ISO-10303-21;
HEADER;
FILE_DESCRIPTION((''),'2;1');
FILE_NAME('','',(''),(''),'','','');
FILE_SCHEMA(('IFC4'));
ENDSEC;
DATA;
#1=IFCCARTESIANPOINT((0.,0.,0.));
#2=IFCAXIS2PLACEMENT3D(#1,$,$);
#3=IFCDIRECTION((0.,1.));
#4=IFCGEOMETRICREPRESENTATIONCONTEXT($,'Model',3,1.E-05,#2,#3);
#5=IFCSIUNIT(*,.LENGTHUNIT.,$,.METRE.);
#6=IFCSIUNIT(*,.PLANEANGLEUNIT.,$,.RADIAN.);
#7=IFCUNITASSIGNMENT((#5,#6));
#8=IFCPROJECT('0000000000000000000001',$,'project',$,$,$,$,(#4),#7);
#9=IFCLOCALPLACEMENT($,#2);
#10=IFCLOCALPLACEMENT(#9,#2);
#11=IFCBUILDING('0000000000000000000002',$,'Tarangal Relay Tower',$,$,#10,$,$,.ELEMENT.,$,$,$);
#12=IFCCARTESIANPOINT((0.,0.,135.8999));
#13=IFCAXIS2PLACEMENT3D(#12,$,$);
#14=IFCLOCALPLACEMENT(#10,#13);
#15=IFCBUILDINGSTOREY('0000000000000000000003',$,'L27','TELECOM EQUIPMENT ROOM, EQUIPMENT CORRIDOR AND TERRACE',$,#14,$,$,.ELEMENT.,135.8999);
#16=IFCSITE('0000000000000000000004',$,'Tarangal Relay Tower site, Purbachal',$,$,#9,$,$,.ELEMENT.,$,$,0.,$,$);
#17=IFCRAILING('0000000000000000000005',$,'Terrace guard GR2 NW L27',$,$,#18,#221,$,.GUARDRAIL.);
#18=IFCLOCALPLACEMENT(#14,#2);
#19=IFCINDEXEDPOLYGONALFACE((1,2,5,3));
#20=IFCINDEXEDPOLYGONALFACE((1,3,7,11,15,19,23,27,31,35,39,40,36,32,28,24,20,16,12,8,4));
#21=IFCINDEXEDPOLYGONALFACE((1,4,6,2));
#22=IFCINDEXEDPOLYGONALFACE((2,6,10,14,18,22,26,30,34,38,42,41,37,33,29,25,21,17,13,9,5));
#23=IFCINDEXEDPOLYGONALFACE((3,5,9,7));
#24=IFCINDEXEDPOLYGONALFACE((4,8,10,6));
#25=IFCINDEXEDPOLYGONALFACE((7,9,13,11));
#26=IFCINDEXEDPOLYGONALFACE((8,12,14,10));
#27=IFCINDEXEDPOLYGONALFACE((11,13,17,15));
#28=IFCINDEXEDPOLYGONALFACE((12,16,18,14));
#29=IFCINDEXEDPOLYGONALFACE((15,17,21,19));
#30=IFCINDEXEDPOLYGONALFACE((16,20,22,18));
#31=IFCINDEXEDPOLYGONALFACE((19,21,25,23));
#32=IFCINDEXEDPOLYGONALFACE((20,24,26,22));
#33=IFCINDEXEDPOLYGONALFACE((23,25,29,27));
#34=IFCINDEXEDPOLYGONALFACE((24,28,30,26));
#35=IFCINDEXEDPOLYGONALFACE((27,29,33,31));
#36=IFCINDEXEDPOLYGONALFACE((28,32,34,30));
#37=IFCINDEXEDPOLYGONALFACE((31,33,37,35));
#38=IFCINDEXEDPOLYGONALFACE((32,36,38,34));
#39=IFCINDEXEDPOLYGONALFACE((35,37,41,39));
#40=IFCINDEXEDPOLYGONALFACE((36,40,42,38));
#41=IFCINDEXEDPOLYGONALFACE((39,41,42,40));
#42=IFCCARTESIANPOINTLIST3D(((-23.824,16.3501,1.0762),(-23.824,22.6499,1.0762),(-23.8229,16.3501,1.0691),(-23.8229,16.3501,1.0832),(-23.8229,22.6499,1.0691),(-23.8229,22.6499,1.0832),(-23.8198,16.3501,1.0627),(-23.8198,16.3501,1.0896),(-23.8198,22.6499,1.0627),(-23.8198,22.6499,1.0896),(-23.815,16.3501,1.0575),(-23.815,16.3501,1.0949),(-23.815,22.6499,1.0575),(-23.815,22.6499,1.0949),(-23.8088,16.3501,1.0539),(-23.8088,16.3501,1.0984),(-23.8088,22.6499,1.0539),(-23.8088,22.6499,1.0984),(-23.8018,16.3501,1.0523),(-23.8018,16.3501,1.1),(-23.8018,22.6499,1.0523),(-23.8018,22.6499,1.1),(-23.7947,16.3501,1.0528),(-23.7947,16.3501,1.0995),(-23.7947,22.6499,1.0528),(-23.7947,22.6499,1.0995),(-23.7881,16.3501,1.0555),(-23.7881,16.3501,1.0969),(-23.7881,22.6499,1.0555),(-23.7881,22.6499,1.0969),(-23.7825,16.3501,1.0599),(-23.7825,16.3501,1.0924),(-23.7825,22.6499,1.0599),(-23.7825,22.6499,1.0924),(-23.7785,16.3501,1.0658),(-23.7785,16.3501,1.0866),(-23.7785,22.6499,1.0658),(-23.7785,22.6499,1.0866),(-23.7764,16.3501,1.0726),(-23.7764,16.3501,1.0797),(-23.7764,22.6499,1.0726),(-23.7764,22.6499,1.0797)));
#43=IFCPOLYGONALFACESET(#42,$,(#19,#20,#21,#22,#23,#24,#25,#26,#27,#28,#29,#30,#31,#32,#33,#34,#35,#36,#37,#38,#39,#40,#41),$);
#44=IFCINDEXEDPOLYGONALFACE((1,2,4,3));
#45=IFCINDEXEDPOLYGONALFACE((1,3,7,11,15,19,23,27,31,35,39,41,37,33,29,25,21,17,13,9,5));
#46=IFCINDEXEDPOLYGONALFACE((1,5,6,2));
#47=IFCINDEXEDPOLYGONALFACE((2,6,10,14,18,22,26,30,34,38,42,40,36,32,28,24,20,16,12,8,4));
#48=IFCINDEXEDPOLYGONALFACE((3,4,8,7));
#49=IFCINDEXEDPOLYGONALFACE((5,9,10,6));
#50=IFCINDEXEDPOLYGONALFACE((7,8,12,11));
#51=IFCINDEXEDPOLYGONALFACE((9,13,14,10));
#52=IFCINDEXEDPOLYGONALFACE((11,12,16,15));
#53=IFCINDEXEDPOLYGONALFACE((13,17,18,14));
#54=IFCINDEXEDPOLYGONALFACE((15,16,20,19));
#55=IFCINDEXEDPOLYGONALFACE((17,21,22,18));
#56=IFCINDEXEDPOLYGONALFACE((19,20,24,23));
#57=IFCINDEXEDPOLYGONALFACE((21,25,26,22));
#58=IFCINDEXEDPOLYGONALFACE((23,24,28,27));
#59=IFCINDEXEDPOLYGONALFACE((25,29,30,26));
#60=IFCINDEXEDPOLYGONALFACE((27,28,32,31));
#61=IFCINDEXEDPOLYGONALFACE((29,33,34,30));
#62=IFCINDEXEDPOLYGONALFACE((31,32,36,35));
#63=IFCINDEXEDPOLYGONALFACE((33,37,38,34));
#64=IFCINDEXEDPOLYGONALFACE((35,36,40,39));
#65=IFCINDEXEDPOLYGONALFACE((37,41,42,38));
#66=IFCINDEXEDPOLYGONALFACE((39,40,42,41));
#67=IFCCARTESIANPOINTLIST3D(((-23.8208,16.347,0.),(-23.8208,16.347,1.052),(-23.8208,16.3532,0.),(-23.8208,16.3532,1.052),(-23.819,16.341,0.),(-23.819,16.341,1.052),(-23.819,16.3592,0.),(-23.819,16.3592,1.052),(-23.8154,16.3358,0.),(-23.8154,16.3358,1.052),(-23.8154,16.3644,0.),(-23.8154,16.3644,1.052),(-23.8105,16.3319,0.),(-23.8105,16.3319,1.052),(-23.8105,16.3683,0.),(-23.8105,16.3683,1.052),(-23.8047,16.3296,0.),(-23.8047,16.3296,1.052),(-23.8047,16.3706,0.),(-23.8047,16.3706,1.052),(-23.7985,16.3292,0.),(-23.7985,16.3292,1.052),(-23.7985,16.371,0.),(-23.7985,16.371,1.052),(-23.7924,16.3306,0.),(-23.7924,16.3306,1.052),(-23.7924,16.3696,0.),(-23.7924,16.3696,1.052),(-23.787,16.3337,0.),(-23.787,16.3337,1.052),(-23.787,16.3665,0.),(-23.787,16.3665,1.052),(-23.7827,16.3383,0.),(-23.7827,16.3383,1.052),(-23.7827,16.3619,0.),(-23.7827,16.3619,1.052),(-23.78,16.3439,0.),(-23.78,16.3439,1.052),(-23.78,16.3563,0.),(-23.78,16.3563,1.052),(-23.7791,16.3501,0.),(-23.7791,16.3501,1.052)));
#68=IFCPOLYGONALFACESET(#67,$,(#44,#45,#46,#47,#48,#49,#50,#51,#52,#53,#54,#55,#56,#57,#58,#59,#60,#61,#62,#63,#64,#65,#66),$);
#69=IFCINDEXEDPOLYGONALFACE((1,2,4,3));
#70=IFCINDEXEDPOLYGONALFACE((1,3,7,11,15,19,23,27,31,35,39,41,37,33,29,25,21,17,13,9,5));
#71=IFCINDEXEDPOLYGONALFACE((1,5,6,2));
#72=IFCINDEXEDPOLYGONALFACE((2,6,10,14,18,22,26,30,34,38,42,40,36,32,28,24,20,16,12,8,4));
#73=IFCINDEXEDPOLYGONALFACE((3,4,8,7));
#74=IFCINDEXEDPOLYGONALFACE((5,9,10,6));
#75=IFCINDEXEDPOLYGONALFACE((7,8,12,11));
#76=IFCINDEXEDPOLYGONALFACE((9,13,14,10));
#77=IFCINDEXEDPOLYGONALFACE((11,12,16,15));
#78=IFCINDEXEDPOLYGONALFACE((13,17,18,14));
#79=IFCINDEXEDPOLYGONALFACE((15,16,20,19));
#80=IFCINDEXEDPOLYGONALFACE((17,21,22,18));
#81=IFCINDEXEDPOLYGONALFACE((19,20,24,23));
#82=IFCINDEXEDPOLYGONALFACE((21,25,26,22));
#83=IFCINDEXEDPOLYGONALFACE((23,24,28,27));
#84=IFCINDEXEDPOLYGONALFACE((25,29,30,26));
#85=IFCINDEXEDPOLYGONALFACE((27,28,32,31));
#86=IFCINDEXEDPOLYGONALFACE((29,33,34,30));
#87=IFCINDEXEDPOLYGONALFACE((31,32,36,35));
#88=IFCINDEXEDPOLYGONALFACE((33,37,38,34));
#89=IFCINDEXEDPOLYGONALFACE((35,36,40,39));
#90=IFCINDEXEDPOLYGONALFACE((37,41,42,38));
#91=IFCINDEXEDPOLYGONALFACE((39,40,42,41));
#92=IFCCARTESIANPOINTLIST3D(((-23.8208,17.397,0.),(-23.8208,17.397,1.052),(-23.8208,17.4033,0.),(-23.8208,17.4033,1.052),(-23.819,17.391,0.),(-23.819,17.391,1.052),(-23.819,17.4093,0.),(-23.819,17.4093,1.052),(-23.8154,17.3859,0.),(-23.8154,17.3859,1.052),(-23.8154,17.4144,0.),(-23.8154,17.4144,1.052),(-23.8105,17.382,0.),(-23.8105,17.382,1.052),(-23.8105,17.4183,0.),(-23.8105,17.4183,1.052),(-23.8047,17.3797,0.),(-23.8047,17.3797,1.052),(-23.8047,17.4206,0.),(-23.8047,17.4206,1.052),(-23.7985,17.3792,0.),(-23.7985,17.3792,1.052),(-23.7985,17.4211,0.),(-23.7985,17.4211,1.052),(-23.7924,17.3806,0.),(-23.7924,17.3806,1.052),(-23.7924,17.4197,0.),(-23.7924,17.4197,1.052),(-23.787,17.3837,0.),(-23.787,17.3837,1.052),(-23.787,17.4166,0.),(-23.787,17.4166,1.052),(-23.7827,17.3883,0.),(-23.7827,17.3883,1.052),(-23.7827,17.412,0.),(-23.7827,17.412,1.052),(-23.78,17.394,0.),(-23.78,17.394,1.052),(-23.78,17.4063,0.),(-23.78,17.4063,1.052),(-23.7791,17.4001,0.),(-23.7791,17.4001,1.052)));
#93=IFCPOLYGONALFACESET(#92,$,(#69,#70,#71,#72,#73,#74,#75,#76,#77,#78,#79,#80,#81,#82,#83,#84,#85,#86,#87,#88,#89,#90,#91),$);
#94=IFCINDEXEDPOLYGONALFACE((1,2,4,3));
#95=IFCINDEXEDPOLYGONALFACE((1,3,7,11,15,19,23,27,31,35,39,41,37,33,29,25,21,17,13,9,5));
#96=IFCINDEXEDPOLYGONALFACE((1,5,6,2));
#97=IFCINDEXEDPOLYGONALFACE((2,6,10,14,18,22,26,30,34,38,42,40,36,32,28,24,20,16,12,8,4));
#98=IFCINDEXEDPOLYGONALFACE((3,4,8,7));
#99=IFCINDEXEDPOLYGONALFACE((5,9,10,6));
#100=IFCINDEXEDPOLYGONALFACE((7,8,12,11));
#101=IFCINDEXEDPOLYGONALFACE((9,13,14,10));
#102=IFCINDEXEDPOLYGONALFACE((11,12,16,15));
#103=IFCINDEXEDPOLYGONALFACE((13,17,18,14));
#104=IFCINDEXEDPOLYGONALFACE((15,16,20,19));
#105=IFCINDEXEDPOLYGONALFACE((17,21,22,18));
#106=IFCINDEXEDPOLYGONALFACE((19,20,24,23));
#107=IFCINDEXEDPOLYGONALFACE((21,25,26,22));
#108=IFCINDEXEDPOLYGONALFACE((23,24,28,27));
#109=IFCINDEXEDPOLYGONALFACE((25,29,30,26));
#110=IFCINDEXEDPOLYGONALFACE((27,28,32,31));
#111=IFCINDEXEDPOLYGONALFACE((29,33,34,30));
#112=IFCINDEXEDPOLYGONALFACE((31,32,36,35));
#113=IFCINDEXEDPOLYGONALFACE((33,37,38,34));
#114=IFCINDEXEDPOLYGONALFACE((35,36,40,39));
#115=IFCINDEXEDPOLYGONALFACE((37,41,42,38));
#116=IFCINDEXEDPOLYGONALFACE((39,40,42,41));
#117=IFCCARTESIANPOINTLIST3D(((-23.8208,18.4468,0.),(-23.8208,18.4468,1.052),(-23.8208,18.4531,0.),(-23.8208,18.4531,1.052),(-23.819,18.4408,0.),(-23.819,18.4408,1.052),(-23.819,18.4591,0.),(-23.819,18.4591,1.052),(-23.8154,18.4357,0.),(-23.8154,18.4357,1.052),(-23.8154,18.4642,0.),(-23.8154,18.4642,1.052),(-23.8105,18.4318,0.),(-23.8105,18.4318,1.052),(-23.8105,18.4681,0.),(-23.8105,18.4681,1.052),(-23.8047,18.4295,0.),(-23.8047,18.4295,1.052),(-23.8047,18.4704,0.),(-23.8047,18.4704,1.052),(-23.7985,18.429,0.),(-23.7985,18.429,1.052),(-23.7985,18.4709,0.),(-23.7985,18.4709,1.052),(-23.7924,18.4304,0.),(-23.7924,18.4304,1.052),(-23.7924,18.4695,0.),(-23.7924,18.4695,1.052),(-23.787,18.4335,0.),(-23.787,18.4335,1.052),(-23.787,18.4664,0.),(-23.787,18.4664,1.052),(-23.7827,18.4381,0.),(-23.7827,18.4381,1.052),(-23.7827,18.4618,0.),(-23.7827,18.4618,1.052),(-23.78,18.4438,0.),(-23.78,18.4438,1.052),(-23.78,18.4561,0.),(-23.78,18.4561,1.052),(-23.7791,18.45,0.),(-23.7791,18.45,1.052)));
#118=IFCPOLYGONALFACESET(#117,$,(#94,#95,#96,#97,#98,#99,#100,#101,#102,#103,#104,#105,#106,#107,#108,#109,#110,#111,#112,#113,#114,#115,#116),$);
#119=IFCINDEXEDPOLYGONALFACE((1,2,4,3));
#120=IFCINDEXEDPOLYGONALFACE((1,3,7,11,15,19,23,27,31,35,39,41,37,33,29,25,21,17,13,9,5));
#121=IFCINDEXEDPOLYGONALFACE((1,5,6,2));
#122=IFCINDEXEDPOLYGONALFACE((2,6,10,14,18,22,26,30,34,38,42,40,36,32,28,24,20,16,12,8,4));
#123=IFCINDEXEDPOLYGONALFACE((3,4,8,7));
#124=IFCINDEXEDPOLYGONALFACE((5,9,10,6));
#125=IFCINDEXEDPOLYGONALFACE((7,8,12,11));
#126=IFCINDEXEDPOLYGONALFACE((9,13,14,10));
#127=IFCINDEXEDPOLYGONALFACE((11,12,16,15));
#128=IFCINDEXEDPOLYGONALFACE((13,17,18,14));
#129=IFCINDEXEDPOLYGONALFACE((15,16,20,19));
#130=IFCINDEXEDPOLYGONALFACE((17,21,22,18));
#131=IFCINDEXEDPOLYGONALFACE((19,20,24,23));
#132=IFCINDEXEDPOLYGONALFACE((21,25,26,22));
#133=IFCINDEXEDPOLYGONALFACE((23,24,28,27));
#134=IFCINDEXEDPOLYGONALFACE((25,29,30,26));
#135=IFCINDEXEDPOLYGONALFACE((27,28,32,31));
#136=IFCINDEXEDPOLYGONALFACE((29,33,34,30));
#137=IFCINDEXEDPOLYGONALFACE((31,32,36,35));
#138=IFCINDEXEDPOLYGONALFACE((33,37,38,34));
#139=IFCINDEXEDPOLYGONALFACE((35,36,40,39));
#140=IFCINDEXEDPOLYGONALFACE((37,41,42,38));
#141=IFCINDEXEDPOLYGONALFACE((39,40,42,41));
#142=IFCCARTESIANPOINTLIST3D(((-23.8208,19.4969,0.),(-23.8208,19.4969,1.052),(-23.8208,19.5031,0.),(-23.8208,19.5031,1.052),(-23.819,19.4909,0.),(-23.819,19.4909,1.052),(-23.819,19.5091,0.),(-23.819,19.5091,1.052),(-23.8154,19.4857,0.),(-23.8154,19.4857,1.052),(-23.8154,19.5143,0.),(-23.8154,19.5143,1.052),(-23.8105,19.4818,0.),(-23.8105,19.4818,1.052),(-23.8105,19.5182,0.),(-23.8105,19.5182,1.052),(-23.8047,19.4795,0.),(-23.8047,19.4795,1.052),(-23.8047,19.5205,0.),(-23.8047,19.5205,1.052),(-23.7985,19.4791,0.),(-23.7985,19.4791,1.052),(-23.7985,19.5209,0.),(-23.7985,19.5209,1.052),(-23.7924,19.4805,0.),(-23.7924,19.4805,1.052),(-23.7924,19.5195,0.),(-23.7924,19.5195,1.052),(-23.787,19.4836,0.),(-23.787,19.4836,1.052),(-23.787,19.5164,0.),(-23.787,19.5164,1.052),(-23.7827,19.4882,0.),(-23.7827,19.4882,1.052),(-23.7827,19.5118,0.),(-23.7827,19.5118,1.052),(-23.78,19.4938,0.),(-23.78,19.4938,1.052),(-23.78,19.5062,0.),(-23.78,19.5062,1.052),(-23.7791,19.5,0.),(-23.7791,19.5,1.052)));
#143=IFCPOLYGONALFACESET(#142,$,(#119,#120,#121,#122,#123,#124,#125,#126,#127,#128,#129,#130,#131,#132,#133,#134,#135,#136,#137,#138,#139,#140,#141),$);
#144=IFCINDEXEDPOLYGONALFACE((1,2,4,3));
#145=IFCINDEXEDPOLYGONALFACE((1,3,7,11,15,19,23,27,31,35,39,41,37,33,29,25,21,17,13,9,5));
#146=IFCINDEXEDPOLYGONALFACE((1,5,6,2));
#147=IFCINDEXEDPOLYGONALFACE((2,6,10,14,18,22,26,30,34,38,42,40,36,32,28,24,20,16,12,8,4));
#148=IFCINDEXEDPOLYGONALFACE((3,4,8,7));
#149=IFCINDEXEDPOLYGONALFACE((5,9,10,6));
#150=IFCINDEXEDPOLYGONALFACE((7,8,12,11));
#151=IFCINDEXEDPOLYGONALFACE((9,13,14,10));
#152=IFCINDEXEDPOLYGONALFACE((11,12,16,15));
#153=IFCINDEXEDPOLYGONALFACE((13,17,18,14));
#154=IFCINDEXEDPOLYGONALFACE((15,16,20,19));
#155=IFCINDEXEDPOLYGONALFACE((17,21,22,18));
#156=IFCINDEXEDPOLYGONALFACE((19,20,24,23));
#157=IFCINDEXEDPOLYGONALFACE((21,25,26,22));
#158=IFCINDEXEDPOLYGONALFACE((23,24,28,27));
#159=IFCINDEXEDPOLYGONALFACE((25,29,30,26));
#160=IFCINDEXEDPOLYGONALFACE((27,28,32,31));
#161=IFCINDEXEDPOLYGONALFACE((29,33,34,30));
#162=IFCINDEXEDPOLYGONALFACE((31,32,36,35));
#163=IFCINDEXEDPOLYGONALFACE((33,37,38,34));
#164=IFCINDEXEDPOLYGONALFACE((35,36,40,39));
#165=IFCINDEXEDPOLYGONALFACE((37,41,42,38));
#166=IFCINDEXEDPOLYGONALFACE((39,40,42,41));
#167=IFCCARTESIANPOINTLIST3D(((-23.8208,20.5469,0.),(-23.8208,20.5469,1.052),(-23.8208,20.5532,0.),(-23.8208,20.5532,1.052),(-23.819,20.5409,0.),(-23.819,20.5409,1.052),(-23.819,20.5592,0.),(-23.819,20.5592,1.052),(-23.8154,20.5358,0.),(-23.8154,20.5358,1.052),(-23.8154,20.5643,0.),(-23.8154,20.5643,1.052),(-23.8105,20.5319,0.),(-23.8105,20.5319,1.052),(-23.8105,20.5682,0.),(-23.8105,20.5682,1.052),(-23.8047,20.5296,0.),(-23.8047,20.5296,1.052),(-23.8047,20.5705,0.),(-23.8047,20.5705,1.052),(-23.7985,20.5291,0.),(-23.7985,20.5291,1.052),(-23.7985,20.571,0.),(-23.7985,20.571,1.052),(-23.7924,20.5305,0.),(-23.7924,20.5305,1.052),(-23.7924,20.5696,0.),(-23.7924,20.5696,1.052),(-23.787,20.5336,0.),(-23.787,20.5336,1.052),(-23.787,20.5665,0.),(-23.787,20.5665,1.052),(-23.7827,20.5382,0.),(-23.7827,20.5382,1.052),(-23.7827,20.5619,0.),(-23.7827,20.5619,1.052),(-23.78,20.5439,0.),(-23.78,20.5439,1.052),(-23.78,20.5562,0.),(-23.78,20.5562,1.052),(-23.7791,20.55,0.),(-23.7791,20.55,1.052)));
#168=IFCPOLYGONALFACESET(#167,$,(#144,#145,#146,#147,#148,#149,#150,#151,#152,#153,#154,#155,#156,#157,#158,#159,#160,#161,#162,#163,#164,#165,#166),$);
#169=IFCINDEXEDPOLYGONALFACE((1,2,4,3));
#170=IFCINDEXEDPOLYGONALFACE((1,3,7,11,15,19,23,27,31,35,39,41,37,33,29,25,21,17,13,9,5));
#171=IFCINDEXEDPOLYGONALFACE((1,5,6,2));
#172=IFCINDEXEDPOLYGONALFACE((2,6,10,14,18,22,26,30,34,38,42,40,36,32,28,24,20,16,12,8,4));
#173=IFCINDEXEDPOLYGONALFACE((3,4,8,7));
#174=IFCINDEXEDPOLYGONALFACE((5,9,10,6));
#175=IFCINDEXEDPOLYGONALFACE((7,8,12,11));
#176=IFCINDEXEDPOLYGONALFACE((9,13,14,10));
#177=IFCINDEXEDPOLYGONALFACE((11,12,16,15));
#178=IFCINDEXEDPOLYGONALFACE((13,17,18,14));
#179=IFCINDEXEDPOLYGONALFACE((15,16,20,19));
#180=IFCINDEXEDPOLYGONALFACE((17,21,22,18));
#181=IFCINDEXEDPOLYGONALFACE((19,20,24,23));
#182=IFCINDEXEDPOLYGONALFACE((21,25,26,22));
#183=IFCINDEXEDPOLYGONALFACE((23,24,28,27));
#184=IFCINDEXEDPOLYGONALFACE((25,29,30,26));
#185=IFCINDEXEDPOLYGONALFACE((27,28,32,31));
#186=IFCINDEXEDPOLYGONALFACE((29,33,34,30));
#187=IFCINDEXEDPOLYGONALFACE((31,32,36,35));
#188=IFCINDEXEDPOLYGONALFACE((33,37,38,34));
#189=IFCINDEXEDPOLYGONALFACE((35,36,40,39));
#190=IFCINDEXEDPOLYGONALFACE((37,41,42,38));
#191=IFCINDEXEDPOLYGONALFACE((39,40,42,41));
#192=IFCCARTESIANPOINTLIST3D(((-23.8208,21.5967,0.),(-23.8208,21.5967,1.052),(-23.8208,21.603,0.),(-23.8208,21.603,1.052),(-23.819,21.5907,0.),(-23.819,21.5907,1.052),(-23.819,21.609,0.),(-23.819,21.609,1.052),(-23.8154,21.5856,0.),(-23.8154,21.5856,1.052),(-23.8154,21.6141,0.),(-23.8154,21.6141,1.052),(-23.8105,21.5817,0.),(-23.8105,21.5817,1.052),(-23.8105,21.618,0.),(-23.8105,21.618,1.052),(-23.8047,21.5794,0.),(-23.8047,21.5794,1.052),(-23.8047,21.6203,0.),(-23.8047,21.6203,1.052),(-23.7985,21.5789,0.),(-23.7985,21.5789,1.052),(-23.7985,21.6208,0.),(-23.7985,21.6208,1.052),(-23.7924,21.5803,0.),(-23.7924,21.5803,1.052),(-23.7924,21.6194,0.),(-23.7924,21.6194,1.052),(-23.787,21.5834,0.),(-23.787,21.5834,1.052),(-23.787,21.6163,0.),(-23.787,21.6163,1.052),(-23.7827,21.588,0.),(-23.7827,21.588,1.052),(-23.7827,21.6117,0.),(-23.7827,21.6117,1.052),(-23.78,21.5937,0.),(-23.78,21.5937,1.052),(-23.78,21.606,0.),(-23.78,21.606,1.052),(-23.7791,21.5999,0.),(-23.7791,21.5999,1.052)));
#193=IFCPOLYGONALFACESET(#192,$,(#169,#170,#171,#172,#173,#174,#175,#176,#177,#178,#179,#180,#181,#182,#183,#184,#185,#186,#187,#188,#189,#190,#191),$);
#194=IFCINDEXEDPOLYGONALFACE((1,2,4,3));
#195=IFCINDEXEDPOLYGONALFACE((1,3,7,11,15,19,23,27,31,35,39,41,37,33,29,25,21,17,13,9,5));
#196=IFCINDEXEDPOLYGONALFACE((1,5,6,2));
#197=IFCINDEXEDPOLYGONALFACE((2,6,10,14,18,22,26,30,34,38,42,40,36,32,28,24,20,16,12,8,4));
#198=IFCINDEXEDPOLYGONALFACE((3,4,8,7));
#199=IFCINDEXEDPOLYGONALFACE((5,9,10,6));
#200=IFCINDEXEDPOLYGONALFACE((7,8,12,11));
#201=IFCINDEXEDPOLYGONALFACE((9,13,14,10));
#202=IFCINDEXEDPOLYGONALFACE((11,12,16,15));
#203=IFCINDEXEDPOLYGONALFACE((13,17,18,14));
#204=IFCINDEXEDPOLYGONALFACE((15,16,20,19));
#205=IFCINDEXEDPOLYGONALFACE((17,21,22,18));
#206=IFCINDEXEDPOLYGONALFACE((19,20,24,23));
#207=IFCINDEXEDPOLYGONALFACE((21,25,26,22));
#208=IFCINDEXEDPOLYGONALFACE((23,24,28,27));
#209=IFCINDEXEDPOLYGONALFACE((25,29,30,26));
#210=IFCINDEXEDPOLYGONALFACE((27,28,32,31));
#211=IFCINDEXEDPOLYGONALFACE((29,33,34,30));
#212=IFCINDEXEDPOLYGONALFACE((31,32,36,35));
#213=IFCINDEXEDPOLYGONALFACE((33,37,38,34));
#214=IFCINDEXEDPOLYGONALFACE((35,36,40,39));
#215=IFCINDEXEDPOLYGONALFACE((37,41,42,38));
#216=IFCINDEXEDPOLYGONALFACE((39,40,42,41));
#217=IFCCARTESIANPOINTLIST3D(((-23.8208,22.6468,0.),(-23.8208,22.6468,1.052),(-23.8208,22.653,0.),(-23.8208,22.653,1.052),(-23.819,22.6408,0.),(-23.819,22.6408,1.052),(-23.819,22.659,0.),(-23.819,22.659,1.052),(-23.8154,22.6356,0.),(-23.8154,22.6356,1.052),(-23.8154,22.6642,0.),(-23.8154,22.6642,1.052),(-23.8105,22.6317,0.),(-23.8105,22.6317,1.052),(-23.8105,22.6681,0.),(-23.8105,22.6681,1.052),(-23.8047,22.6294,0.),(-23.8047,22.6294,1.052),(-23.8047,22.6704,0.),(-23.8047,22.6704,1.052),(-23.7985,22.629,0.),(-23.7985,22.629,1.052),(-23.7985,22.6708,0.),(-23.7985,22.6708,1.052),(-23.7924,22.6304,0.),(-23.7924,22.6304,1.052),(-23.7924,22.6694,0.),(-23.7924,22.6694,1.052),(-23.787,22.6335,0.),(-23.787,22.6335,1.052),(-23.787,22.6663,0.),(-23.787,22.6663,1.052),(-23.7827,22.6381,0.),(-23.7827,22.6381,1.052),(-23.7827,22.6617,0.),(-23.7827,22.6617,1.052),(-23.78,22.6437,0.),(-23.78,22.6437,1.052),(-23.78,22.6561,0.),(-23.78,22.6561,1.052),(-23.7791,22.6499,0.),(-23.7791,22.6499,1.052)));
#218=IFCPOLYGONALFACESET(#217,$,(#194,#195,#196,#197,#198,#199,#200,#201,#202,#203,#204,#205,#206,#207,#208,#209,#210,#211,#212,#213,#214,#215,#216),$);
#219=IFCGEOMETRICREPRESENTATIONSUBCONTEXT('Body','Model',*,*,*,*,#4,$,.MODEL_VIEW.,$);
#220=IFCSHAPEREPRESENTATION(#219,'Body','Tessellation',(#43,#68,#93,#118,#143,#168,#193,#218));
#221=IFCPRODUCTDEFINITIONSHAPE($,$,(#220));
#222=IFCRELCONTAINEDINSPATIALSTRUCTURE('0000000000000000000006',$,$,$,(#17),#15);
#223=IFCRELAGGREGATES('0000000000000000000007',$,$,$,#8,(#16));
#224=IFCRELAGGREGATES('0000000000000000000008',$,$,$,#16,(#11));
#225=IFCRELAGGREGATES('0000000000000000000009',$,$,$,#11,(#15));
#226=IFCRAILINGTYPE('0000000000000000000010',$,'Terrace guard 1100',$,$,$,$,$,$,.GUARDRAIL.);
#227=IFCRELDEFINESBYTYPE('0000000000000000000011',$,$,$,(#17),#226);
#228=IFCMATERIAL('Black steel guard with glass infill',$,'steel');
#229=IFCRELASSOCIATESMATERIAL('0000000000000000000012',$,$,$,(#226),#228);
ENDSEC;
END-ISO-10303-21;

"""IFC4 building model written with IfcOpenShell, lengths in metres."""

from ifc_helpers import new_model, si_unit, direction, frame, origin, origin_2d, place, context, subcontext, project, spatial, circle, extrude, material, type_object, element, save


model = new_model("IFC4")

# Units and contexts
model_context = context("Model", 3, precision=1e-05, world=origin(), true_north=direction((0.0, 1.0)))
body_context = subcontext(model_context, "Body", "Model", "MODEL_VIEW")
ifc_project = project(units=[si_unit("LENGTHUNIT", "METRE"), si_unit("PLANEANGLEUNIT", "RADIAN")], contexts=[model_context])

# Site, building, storey
site_placement = place(None, origin())
site = spatial("IfcSite", under=ifc_project, at=site_placement, Name="Tarangal Relay Tower site, Purbachal", CompositionType="ELEMENT", RefElevation=0.0)
building_placement = place(site_placement, origin())
building = spatial("IfcBuilding", under=site, at=building_placement, Name="Tarangal Relay Tower", CompositionType="ELEMENT")
storey_placement = place(building_placement, frame((0.0, 0.0, 135.8999)))
storey = spatial("IfcBuildingStorey", under=building, at=storey_placement, Name="L27", Description="TELECOM EQUIPMENT ROOM, EQUIPMENT CORRIDOR AND TERRACE", CompositionType="ELEMENT", Elevation=135.8999)

# Railing
ifc_material_1 = material(Name="Black steel guard with glass infill", Category="steel")
railing_type = type_object("IfcRailingType", Name="Terrace guard 1100", PredefinedType="GUARDRAIL", material=ifc_material_1)
railing_1_placement = place(storey_placement, frame((-23.8, 16.3501, 0.0)))
element("IfcRailing", 1, at=railing_1_placement, inside=storey, type_object=railing_type, Name="Terrace guard GR2 NW L27", PredefinedType="GUARDRAIL", context=body_context, shape_type="SweptSolid", body=[
    extrude(circle(Radius=0.0239, at=origin_2d()), frame((0.0, 0.0, 1.0762), z_axis=(0.0, 1.0, 0.0), x_axis=(-1.0, 0.0, 0.0)), (0.0, 0.0, 1.0), 6.2998),
    extrude(circle(Radius=0.021, at=origin_2d()), origin(), (0.0, 0.0, 1.0), 1.052),
    extrude(circle(Radius=0.021, at=origin_2d()), frame((0.0, 1.05, 0.0)), (0.0, 0.0, 1.0), 1.052),
    extrude(circle(Radius=0.021, at=origin_2d()), frame((0.0, 2.0999, 0.0)), (0.0, 0.0, 1.0), 1.052),
    extrude(circle(Radius=0.021, at=origin_2d()), frame((0.0, 3.1499, 0.0)), (0.0, 0.0, 1.0), 1.052),
    extrude(circle(Radius=0.021, at=origin_2d()), frame((0.0, 4.2, 0.0)), (0.0, 0.0, 1.0), 1.052),
    extrude(circle(Radius=0.021, at=origin_2d()), frame((0.0, 5.2498, 0.0)), (0.0, 0.0, 1.0), 1.052),
    extrude(circle(Radius=0.021, at=origin_2d()), frame((0.0, 6.2998, 0.0)), (0.0, 0.0, 1.0), 1.052),
])

save(model, "model.ifc")
